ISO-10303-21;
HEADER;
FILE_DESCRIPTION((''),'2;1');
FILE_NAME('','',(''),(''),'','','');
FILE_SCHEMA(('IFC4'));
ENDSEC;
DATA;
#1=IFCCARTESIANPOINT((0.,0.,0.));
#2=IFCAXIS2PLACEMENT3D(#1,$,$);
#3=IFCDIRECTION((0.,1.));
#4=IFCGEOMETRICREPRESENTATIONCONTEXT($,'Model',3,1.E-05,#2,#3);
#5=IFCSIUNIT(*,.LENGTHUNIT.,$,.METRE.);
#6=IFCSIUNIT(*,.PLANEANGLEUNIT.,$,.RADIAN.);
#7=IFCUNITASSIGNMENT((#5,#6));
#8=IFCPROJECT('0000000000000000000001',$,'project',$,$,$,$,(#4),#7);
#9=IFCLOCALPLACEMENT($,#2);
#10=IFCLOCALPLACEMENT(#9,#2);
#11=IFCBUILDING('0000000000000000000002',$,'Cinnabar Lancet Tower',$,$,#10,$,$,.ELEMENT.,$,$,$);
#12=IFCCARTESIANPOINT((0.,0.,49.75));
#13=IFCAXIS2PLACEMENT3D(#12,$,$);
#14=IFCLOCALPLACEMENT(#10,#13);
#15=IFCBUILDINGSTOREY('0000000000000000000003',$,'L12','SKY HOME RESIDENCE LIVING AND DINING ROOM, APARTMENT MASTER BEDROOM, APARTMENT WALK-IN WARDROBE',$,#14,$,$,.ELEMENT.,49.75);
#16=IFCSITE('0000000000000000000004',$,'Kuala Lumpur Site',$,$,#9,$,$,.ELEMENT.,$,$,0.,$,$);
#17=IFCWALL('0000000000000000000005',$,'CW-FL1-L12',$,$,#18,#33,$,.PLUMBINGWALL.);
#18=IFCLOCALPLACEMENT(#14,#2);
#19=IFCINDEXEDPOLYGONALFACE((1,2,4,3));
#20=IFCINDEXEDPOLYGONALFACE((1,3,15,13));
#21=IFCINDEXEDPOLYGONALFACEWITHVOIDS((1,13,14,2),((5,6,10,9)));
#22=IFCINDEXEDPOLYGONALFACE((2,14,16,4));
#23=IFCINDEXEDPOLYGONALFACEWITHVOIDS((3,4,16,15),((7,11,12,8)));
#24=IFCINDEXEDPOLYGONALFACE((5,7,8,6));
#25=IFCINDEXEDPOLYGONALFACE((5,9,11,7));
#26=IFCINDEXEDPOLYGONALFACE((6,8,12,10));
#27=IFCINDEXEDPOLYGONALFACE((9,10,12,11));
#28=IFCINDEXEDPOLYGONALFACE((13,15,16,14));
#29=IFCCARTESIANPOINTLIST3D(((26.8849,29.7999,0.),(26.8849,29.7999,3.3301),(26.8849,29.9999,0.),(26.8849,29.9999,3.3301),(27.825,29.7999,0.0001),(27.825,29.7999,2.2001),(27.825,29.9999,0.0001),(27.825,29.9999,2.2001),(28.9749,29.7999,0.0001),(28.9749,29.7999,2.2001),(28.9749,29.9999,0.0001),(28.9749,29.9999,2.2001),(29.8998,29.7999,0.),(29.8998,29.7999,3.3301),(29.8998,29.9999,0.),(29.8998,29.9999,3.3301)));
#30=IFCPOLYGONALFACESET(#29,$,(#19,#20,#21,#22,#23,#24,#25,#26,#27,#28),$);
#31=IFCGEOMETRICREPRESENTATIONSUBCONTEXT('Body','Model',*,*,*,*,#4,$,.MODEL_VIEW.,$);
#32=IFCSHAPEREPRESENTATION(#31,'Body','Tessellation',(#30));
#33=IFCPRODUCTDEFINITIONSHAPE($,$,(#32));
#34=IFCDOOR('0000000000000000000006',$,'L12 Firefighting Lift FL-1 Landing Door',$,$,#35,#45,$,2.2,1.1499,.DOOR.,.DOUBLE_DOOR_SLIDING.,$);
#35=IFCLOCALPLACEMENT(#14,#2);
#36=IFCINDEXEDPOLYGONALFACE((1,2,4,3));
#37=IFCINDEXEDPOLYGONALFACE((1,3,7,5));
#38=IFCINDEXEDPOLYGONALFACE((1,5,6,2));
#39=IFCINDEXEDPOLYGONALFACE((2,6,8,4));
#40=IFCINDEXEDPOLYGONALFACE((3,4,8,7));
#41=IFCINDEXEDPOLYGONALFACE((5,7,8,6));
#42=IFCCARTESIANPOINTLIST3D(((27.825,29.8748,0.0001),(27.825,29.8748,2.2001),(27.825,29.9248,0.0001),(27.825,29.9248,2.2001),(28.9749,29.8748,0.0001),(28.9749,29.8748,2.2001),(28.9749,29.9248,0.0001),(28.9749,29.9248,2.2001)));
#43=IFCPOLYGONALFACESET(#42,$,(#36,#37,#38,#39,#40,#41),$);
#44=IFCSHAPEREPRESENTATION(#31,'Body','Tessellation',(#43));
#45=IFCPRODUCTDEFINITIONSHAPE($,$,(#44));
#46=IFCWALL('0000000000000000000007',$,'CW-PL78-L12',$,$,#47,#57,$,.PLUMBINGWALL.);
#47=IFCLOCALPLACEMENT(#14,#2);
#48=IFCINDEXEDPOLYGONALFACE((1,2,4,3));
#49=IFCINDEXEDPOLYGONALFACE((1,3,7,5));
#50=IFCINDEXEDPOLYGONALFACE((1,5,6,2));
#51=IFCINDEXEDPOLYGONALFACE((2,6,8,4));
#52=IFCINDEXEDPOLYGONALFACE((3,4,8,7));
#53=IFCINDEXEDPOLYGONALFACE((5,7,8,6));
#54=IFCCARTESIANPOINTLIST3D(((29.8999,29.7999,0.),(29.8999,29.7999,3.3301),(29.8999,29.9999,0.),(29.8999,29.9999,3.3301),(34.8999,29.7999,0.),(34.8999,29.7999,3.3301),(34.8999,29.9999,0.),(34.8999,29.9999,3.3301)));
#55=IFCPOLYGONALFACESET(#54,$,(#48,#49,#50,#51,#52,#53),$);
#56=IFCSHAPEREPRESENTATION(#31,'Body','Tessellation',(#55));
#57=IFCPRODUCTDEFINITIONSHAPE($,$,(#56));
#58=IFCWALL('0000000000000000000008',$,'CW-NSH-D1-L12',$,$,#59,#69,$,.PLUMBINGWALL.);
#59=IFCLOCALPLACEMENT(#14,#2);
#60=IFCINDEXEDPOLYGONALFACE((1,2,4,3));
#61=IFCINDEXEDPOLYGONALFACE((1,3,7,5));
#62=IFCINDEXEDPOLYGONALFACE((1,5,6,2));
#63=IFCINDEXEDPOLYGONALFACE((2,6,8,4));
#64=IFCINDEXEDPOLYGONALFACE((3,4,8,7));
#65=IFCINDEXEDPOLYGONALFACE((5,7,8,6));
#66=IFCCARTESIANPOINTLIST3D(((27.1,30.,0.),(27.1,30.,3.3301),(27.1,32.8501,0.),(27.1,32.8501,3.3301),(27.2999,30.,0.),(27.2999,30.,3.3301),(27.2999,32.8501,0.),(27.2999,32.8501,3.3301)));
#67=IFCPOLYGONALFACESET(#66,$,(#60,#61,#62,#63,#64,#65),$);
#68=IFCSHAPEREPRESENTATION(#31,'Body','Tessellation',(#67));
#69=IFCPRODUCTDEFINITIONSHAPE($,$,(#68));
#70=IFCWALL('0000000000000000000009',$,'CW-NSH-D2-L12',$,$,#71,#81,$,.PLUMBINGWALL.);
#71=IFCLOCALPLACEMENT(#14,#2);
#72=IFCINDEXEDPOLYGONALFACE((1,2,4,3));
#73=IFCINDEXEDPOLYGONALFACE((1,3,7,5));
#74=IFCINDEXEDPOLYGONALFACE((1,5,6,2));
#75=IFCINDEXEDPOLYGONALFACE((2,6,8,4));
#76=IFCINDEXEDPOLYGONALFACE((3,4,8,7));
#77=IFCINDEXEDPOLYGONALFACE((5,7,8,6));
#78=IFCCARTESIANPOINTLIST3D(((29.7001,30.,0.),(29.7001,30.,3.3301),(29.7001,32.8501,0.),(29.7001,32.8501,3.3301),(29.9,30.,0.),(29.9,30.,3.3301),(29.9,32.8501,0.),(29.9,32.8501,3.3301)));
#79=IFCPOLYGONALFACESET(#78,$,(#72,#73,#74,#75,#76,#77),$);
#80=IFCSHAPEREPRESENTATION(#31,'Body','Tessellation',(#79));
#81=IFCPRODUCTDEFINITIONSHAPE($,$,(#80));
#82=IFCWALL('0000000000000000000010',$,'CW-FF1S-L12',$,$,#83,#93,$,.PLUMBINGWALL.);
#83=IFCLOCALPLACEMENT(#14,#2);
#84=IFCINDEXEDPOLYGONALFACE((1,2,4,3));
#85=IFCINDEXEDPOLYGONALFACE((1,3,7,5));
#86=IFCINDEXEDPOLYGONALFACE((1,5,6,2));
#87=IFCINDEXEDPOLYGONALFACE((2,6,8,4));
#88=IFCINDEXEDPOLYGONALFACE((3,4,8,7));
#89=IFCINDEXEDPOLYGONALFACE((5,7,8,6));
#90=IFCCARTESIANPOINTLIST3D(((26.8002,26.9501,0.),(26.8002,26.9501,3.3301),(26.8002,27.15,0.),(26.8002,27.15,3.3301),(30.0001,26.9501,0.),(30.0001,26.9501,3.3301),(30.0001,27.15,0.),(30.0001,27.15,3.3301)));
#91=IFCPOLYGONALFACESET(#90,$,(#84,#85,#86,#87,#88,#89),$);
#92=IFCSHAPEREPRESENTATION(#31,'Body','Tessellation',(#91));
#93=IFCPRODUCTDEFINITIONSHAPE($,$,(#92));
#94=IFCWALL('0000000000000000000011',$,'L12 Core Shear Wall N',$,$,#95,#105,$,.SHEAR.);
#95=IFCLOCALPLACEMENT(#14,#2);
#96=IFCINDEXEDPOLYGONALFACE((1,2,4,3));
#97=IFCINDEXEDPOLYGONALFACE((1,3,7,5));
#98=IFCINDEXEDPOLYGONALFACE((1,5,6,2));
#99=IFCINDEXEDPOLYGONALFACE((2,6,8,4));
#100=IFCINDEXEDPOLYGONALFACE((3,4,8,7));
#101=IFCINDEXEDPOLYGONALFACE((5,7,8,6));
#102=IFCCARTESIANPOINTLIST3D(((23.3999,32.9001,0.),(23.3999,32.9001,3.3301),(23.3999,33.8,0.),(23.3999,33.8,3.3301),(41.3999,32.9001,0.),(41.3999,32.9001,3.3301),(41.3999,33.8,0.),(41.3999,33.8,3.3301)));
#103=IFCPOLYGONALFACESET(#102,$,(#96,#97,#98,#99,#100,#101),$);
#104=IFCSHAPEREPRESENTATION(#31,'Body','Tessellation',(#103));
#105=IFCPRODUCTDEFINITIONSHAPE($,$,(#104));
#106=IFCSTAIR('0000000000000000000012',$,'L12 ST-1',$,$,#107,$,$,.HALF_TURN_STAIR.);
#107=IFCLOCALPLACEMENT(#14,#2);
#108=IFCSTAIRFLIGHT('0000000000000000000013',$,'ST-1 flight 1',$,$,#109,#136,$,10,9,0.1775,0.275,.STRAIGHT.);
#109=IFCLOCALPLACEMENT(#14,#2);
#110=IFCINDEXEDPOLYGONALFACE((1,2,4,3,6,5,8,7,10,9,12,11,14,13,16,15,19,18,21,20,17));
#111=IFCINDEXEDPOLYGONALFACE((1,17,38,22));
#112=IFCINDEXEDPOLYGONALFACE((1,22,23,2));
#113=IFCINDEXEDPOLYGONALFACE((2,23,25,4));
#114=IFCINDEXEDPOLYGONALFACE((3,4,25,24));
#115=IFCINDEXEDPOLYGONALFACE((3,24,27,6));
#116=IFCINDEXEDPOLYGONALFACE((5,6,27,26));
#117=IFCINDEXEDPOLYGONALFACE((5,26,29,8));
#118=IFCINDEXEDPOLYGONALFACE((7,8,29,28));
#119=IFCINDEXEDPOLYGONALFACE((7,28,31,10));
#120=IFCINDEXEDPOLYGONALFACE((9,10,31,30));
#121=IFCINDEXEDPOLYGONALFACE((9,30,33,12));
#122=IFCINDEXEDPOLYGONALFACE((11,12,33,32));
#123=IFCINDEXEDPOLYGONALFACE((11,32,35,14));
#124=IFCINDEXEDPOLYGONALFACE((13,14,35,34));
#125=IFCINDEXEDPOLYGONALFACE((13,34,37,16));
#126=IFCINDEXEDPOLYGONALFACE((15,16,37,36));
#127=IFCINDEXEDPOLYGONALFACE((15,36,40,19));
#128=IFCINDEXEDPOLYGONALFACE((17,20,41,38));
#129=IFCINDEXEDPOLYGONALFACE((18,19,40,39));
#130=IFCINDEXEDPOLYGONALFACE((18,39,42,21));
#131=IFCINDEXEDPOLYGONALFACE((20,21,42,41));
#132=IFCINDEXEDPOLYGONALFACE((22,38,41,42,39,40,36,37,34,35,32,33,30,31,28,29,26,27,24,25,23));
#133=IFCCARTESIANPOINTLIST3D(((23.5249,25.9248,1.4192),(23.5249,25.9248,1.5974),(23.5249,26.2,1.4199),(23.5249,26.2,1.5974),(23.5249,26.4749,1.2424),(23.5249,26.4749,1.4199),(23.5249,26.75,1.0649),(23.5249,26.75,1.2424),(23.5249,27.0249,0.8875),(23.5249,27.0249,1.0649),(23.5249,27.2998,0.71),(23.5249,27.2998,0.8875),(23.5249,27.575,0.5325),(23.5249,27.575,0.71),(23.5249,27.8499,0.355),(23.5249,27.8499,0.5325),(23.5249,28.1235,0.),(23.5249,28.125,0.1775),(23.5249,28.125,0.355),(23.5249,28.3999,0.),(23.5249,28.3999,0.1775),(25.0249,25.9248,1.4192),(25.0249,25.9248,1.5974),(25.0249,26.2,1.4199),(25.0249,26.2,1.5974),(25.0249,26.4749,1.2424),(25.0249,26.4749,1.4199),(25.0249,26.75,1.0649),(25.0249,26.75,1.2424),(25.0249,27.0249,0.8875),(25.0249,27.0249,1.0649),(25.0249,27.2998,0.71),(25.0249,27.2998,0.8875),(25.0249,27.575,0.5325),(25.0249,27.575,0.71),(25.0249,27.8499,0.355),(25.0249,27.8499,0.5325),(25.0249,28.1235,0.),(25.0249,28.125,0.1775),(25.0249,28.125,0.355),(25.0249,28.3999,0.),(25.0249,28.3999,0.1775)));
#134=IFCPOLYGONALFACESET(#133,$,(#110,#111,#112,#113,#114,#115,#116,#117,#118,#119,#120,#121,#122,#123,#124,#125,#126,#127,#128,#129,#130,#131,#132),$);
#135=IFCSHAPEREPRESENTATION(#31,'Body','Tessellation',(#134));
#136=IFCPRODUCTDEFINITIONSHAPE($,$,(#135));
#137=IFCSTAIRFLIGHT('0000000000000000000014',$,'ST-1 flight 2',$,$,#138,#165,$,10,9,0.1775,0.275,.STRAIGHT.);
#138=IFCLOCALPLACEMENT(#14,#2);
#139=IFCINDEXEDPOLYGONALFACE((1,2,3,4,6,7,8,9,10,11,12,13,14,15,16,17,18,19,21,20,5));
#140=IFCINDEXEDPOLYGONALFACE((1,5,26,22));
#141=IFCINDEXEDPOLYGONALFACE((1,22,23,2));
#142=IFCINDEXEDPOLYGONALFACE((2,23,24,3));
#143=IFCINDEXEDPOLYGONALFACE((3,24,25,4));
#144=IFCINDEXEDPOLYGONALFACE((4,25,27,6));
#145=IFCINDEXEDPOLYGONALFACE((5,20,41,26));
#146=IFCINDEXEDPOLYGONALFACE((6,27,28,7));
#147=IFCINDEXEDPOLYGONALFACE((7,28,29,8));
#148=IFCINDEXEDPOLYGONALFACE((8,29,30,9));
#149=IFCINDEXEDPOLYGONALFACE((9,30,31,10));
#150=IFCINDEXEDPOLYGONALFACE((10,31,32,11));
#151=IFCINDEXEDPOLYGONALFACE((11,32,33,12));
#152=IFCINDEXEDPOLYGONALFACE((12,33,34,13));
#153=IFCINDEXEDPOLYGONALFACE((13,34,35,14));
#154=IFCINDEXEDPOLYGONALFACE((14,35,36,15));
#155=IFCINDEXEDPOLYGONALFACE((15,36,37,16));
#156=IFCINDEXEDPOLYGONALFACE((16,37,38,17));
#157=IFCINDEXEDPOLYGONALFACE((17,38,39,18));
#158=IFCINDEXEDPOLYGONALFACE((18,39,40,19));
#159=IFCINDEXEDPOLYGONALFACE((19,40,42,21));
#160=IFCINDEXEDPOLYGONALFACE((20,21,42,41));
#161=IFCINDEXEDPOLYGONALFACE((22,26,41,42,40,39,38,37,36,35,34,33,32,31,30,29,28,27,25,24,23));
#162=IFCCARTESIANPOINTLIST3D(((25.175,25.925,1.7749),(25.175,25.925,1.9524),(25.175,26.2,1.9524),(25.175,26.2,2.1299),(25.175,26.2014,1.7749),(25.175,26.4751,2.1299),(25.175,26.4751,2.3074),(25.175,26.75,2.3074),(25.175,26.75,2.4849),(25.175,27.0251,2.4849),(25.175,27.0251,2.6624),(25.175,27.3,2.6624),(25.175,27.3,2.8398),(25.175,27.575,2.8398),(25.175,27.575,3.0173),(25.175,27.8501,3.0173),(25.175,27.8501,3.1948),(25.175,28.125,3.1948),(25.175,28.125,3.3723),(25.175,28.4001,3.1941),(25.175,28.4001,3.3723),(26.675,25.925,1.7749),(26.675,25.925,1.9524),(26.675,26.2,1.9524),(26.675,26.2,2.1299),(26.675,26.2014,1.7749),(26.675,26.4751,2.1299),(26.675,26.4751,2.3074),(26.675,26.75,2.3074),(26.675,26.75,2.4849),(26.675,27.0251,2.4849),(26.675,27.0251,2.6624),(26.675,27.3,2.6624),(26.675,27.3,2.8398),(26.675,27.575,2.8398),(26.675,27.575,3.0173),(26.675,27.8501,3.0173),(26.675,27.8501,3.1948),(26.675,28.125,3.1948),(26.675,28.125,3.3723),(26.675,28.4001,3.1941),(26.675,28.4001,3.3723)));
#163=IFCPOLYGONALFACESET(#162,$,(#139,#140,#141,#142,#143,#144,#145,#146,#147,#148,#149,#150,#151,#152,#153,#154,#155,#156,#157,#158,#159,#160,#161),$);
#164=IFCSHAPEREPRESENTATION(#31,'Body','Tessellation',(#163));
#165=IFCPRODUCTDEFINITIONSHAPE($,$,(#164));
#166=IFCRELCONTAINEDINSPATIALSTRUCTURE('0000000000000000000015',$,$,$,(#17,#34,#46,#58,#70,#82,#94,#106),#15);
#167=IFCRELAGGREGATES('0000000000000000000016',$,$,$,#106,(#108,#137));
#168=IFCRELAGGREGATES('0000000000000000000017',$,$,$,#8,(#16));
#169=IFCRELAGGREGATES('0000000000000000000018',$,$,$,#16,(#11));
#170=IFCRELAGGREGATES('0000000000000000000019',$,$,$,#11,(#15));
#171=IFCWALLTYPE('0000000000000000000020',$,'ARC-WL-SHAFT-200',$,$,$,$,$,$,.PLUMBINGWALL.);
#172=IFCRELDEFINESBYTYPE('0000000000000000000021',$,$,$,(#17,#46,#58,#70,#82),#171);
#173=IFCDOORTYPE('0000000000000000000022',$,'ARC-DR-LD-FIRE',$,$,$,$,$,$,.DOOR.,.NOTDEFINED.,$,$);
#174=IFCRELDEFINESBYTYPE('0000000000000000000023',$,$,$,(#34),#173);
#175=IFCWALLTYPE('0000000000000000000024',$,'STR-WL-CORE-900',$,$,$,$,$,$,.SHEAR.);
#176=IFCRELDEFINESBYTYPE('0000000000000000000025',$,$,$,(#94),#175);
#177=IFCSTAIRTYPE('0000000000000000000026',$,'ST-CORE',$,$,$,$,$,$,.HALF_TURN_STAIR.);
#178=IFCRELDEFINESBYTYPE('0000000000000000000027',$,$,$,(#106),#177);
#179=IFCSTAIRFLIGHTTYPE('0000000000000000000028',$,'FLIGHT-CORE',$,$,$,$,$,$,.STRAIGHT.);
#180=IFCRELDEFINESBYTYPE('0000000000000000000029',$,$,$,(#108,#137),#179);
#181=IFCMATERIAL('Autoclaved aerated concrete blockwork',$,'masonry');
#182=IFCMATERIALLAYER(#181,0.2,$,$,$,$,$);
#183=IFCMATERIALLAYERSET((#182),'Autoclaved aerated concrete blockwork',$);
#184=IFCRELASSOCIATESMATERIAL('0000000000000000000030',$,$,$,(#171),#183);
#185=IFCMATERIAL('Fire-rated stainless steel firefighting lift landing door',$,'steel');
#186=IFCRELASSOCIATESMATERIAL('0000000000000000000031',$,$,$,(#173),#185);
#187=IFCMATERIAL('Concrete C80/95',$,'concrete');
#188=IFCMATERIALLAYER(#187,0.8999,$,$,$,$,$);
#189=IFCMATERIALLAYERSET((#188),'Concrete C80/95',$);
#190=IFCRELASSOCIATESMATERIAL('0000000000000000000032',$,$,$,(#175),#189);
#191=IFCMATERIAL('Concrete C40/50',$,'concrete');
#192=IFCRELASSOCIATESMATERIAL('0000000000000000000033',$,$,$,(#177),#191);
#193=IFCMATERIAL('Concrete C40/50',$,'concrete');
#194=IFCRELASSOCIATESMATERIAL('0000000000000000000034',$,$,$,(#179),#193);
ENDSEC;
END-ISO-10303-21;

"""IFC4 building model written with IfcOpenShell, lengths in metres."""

from ifc_helpers import new_model, si_unit, direction, frame, frame_2d, origin, place, context, subcontext, project, spatial, polyline, rectangle, outline, extrude, material, layer, layer_set, type_object, element, fill, aggregate, save


model = new_model("IFC4")

# Units and contexts
model_context = context("Model", 3, precision=1e-05, world=origin(), true_north=direction((0.0, 1.0)))
body_context = subcontext(model_context, "Body", "Model", "MODEL_VIEW")
ifc_project = project(units=[si_unit("LENGTHUNIT", "METRE"), si_unit("PLANEANGLEUNIT", "RADIAN")], contexts=[model_context])

# Site, building, storey
site_placement = place(None, origin())
site = spatial("IfcSite", under=ifc_project, at=site_placement, Name="Kuala Lumpur Site", CompositionType="ELEMENT", RefElevation=0.0)
building_placement = place(site_placement, origin())
building = spatial("IfcBuilding", under=site, at=building_placement, Name="Cinnabar Lancet Tower", CompositionType="ELEMENT")
storey_placement = place(building_placement, frame((0.0, 0.0, 49.75)))
storey = spatial("IfcBuildingStorey", under=building, at=storey_placement, Name="L12", Description="SKY HOME RESIDENCE LIVING AND DINING ROOM, APARTMENT MASTER BEDROOM, APARTMENT WALK-IN WARDROBE", CompositionType="ELEMENT", Elevation=49.75)

# Wall, opening, door
ifc_material_1 = material(Name="Autoclaved aerated concrete blockwork", Category="masonry")
ifc_layer_1 = layer(ifc_material_1, 0.2)
ifc_layer_set_1 = layer_set([ifc_layer_1], Name="Autoclaved aerated concrete blockwork")
wall_type_1 = type_object("IfcWallType", Name="ARC-WL-SHAFT-200", PredefinedType="PLUMBINGWALL", material=ifc_layer_set_1)
wall_1_placement = place(storey_placement, frame((26.885, 29.8999, 0.0), z_axis=(0.0, 0.0, 1.0), x_axis=(1.0, 0.0, 0.0)))
wall_1 = element("IfcWall", 1, at=wall_1_placement, inside=storey, type_object=wall_type_1, Name="CW-FL1-L12", PredefinedType="PLUMBINGWALL", context=body_context, shape_type="SweptSolid", body=[
    extrude(rectangle(XDim=3.0149, YDim=0.2, at=frame_2d((1.5073, 0.0))), origin(), (0.0, 0.0, 1.0), 3.3301),
])
opening_1_placement = place(wall_1_placement, frame((0.9399, 0.0, 0.0)))
opening_1 = element("IfcOpeningElement", 2, at=opening_1_placement, cuts=wall_1, PredefinedType="OPENING", context=body_context, shape_type="SweptSolid", body=[
    extrude(rectangle(XDim=1.1499, YDim=2.2, at=frame_2d((0.575, 1.1001))), frame((0.0, 0.1099, 0.0), z_axis=(0.0, -1.0, 0.0), x_axis=(1.0, 0.0, 0.0)), (0.0, 0.0, 1.0), 0.22),
])
ifc_material_2 = material(Name="Fire-rated stainless steel firefighting lift landing door", Category="steel")
door_type_1 = type_object("IfcDoorType", Name="ARC-DR-LD-FIRE", OperationType="NOTDEFINED", PredefinedType="DOOR", material=ifc_material_2)
door_1_placement = place(opening_1_placement, origin())
door_1 = element("IfcDoor", 3, at=door_1_placement, inside=storey, type_object=door_type_1, Name="L12 Firefighting Lift FL-1 Landing Door", OperationType="DOUBLE_DOOR_SLIDING", OverallHeight=2.2, OverallWidth=1.1499, PredefinedType="DOOR", context=body_context, shape_type="SweptSolid", body=[
    extrude(rectangle(XDim=1.1499, YDim=2.2, at=frame_2d((0.575, 1.1001))), frame((0.0, 0.0249, 0.0), z_axis=(0.0, -1.0, 0.0), x_axis=(1.0, 0.0, 0.0)), (0.0, 0.0, 1.0), 0.05),
])
fill(opening_1, door_1)

# Walls
wall_2_placement = place(storey_placement, frame((29.8999, 29.8999, 0.0), z_axis=(0.0, 0.0, 1.0), x_axis=(1.0, 0.0, 0.0)))
element("IfcWall", 4, at=wall_2_placement, inside=storey, type_object=wall_type_1, Name="CW-PL78-L12", PredefinedType="PLUMBINGWALL", context=body_context, shape_type="SweptSolid", body=[
    extrude(rectangle(XDim=5.0, YDim=0.2, at=frame_2d((2.5, 0.0))), origin(), (0.0, 0.0, 1.0), 3.3301),
])
for number, where, z_axis, x_axis, name in (
    (5, (27.2, 30.0, 0.0), (0.0, 0.0, 1.0), (0.0, 1.0, 0.0), "CW-NSH-D1-L12"),
    (6, (29.8, 30.0, 0.0), (0.0, 0.0, 1.0), (0.0, 1.0, 0.0), "CW-NSH-D2-L12"),
):
    element("IfcWall", number, at=place(storey_placement, frame(where, z_axis=z_axis, x_axis=x_axis)), inside=storey, type_object=wall_type_1, Name=name, PredefinedType="PLUMBINGWALL", context=body_context, shape_type="SweptSolid", body=[
        extrude(rectangle(XDim=2.8501, YDim=0.2, at=frame_2d((1.425, 0.0))), origin(), (0.0, 0.0, 1.0), 3.3301),
    ])

# Walls
wall_3_placement = place(storey_placement, frame((26.8, 27.05, 0.0), z_axis=(0.0, 0.0, 1.0), x_axis=(1.0, 0.0, 0.0)))
element("IfcWall", 7, at=wall_3_placement, inside=storey, type_object=wall_type_1, Name="CW-FF1S-L12", PredefinedType="PLUMBINGWALL", context=body_context, shape_type="SweptSolid", body=[
    extrude(rectangle(XDim=3.2, YDim=0.2, at=frame_2d((1.6001, 0.0))), origin(), (0.0, 0.0, 1.0), 3.3301),
])
ifc_material_3 = material(Name="Concrete C80/95", Category="concrete")
ifc_layer_2 = layer(ifc_material_3, 0.8999)
ifc_layer_set_2 = layer_set([ifc_layer_2], Name="Concrete C80/95")
wall_type_2 = type_object("IfcWallType", Name="STR-WL-CORE-900", PredefinedType="SHEAR", material=ifc_layer_set_2)
wall_4_placement = place(storey_placement, frame((23.3999, 33.3501, 0.0), z_axis=(0.0, 0.0, 1.0), x_axis=(1.0, 0.0, 0.0)))
element("IfcWall", 8, at=wall_4_placement, inside=storey, type_object=wall_type_2, Name="L12 Core Shear Wall N", PredefinedType="SHEAR", context=body_context, shape_type="SweptSolid", body=[
    extrude(rectangle(XDim=18.0, YDim=0.8999, at=frame_2d((9.0, 0.0))), origin(), (0.0, 0.0, 1.0), 3.3301),
])

# Stair, stair flights
ifc_material_4 = material(Name="Concrete C40/50", Category="concrete")
stair_type = type_object("IfcStairType", Name="ST-CORE", PredefinedType="HALF_TURN_STAIR", material=ifc_material_4)
stair_placement = place(storey_placement, origin())
stair = element("IfcStair", 9, at=stair_placement, inside=storey, type_object=stair_type, Name="L12 ST-1", PredefinedType="HALF_TURN_STAIR")
ifc_material_5 = material(Name="Concrete C40/50", Category="concrete")
stair_flight_type = type_object("IfcStairFlightType", Name="FLIGHT-CORE", PredefinedType="STRAIGHT", material=ifc_material_5)
stair_flight_1_placement = place(storey_placement, frame((24.2749, 28.3999, 0.0), z_axis=(0.0, 0.0, 1.0), x_axis=(0.0, -1.0, 0.0)))
stair_flight_1 = element("IfcStairFlight", 10, at=stair_flight_1_placement, type_object=stair_flight_type, Name="ST-1 flight 1", NumberOfRisers=10, NumberOfTreads=9, PredefinedType="STRAIGHT", RiserHeight=0.1775, TreadLength=0.275, context=body_context, shape_type="SweptSolid", body=[
    extrude(outline(polyline([(0.0, 0.0), (0.0, 0.1775), (0.2749, 0.1775), (0.2749, 0.355), (0.55, 0.355), (0.55, 0.5325), (0.825, 0.5325), (0.825, 0.71), (1.1001, 0.71), (1.1001, 0.8875), (1.375, 0.8875), (1.375, 1.0649), (1.6499, 1.0649), (1.6499, 1.2424), (1.925, 1.2424), (1.925, 1.4199), (2.2, 1.4199), (2.2, 1.5974), (2.4751, 1.5974), (2.4751, 1.7749), (2.4751, 1.4192), (0.2764, 0.0), (0.0, 0.0)])), frame((0.0, 0.75, 0.0), z_axis=(0.0, -1.0, 0.0), x_axis=(1.0, 0.0, 0.0)), (0.0, 0.0, 1.0), 1.5),
])
stair_flight_2_placement = place(storey_placement, frame((25.925, 25.925, 1.7749), z_axis=(0.0, 0.0, 1.0), x_axis=(0.0, 1.0, 0.0)))
stair_flight_2 = element("IfcStairFlight", 11, at=stair_flight_2_placement, type_object=stair_flight_type, Name="ST-1 flight 2", NumberOfRisers=10, NumberOfTreads=9, PredefinedType="STRAIGHT", RiserHeight=0.1775, TreadLength=0.275, context=body_context, shape_type="SweptSolid", body=[
    extrude(outline(polyline([(0.0, 0.0), (0.0, 0.1775), (0.2749, 0.1775), (0.2749, 0.355), (0.55, 0.355), (0.55, 0.5325), (0.825, 0.5325), (0.825, 0.71), (1.1001, 0.71), (1.1001, 0.8875), (1.375, 0.8875), (1.375, 1.0649), (1.6499, 1.0649), (1.6499, 1.2424), (1.925, 1.2424), (1.925, 1.4199), (2.2, 1.4199), (2.2, 1.5974), (2.4751, 1.5974), (2.4751, 1.7749), (2.4751, 1.4192), (0.2764, 0.0), (0.0, 0.0)])), frame((0.0, 0.75, 0.0), z_axis=(0.0, -1.0, 0.0), x_axis=(1.0, 0.0, 0.0)), (0.0, 0.0, 1.0), 1.5),
])
aggregate(stair, [stair_flight_1, stair_flight_2])

save(model, "model.ifc")
